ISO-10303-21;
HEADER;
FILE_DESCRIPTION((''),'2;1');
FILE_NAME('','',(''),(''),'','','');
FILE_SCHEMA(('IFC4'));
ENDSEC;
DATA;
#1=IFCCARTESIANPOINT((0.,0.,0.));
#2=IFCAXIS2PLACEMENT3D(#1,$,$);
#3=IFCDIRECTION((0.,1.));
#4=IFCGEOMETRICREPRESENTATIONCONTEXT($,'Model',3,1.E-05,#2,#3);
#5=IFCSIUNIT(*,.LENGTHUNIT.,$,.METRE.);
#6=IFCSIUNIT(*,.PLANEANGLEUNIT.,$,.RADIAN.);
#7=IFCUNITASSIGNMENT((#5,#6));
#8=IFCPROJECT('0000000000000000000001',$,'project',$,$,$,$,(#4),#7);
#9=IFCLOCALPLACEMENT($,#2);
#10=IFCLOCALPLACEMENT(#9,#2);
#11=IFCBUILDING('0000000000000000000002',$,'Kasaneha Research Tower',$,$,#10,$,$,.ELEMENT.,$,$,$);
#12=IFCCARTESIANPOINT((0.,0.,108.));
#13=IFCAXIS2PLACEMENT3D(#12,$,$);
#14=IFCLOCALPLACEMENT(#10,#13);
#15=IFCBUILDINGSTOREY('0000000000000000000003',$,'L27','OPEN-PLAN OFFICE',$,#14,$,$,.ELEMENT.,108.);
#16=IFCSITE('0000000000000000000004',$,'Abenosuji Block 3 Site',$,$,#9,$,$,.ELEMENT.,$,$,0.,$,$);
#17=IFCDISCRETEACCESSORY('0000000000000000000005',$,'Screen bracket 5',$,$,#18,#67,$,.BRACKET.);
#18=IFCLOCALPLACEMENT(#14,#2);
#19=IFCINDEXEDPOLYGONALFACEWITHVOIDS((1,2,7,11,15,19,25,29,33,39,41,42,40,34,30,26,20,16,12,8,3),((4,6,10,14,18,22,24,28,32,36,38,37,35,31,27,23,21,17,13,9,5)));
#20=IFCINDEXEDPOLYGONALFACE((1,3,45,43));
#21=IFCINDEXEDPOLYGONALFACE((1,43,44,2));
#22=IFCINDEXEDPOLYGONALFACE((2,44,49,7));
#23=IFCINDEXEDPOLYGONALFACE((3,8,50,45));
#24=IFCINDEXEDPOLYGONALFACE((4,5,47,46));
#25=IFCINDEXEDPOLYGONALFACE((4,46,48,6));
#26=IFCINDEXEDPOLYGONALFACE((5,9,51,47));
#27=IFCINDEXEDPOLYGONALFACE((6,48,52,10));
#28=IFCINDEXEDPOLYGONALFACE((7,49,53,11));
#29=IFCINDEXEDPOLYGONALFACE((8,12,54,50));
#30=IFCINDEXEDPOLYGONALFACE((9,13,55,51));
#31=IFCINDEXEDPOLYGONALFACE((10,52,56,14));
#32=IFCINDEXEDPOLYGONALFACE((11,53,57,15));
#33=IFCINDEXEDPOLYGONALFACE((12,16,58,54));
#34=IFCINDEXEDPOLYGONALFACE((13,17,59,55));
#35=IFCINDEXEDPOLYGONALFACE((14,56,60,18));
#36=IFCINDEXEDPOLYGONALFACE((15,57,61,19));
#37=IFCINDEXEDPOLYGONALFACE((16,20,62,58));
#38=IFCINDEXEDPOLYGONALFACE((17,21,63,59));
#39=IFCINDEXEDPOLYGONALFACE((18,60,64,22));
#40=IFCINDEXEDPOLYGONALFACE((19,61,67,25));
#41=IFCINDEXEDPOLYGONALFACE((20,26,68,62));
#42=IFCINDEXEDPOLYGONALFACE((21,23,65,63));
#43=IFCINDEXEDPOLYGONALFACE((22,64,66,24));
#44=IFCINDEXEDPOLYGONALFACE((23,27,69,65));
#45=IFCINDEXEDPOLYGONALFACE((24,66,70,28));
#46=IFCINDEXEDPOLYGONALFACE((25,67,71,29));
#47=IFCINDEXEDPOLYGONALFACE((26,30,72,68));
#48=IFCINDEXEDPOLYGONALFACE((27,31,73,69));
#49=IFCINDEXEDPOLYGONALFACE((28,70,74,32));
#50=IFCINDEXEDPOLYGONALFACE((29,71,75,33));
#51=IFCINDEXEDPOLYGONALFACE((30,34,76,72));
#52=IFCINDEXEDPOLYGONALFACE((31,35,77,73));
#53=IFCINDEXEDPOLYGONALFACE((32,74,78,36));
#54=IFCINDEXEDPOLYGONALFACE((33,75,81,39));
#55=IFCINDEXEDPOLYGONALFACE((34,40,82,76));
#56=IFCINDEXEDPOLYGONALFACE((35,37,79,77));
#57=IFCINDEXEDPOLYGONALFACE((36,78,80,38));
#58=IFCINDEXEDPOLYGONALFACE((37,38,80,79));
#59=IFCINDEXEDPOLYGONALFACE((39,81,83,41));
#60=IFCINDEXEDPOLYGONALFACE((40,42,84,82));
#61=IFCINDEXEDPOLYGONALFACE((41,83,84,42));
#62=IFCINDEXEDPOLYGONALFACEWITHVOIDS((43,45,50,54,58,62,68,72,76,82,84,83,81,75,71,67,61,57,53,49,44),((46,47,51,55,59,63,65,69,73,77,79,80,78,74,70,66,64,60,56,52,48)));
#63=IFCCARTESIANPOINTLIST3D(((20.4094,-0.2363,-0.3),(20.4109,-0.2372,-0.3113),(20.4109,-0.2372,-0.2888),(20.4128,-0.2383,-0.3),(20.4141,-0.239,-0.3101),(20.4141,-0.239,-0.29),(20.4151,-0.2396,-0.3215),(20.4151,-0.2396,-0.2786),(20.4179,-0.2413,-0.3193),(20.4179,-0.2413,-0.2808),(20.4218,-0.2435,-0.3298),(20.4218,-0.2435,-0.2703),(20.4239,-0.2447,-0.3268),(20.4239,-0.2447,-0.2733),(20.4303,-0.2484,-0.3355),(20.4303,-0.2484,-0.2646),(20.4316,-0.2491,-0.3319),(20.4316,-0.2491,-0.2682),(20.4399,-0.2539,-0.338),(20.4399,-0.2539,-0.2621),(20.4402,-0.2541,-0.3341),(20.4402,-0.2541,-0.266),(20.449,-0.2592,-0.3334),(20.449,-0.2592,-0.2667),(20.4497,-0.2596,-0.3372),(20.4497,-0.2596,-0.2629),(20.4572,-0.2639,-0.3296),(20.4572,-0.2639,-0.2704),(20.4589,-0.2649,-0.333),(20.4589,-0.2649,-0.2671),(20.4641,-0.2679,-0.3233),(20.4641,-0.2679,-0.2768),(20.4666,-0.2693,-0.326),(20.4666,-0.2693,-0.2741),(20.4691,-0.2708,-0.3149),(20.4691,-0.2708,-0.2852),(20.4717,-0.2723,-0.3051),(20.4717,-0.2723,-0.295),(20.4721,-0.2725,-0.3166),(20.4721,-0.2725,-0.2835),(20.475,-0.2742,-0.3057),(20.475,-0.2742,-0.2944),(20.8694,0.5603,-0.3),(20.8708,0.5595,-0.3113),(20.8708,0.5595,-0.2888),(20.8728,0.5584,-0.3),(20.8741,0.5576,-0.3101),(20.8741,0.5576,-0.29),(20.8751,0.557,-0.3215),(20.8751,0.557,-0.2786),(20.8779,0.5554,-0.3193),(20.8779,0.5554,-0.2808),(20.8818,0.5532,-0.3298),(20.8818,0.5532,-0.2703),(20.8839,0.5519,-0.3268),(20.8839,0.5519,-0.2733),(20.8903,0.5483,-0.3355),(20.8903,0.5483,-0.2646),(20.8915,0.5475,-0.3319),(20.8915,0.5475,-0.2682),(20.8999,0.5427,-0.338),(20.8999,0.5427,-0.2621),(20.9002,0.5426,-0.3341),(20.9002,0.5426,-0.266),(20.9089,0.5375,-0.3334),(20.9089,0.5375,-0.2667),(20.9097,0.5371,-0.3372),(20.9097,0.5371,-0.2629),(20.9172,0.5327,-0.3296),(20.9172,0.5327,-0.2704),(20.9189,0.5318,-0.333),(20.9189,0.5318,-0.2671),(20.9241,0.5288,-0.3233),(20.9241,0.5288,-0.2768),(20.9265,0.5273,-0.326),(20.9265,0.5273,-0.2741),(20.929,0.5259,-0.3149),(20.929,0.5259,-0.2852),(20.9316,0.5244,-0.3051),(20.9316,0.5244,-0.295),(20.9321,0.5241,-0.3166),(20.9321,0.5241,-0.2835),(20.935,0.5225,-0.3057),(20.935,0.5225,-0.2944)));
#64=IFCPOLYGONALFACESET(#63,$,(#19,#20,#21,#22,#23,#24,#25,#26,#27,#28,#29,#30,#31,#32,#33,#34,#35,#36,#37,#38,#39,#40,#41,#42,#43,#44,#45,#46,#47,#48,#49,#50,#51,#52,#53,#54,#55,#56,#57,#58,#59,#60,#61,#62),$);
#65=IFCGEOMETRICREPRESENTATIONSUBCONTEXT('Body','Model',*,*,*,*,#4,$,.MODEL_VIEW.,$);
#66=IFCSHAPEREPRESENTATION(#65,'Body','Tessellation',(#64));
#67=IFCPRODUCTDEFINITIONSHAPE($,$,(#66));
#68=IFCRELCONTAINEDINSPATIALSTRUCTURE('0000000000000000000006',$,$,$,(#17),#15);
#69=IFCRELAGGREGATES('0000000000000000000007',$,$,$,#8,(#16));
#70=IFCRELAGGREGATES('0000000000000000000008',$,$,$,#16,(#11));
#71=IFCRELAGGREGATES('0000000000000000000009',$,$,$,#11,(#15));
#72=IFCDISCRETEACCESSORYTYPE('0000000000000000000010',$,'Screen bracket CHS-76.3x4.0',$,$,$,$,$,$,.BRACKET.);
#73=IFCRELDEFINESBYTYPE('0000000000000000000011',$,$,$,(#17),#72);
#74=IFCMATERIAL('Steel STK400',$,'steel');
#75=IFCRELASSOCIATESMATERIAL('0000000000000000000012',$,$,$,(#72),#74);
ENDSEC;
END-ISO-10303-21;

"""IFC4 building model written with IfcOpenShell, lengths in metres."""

from ifc_helpers import new_model, si_unit, direction, frame, origin, origin_2d, place, context, subcontext, project, spatial, hollow_circle, extrude, material, material_profile, profile_set, type_object, element, save


model = new_model("IFC4")

# Units and contexts
model_context = context("Model", 3, precision=1e-05, world=origin(), true_north=direction((0.0, 1.0)))
body_context = subcontext(model_context, "Body", "Model", "MODEL_VIEW")
ifc_project = project(units=[si_unit("LENGTHUNIT", "METRE"), si_unit("PLANEANGLEUNIT", "RADIAN")], contexts=[model_context])

# Site, building, storey
site_placement = place(None, origin())
site = spatial("IfcSite", under=ifc_project, at=site_placement, Name="Abenosuji Block 3 Site", CompositionType="ELEMENT", RefElevation=0.0)
building_placement = place(site_placement, origin())
building = spatial("IfcBuilding", under=site, at=building_placement, Name="Kasaneha Research Tower", CompositionType="ELEMENT")
storey_placement = place(building_placement, frame((0.0, 0.0, 108.0)))
storey = spatial("IfcBuildingStorey", under=building, at=storey_placement, Name="L27", Description="OPEN-PLAN OFFICE", CompositionType="ELEMENT", Elevation=108.0)

# Discrete accessory
ifc_material_1 = material(Name="Steel STK400", Category="steel")
ifc_material_profile_1 = material_profile(ifc_material_1, hollow_circle(Radius=0.0381, WallThickness=0.0039, at=origin_2d()), Name="CHS-76.3x4.0")
ifc_profile_set_1 = profile_set([ifc_material_profile_1], Name="Steel STK400")
discrete_accessory_type = type_object("IfcDiscreteAccessoryType", Name="Screen bracket CHS-76.3x4.0", PredefinedType="BRACKET", material=ifc_profile_set_1)
discrete_accessory_1_placement = place(storey_placement, frame((20.4424, -0.2554, -0.3), z_axis=(0.500021, 0.866013, 0.0), x_axis=(-0.866013, 0.500021, 0.0)))
element("IfcDiscreteAccessory", 1, at=discrete_accessory_1_placement, inside=storey, type_object=discrete_accessory_type, Name="Screen bracket 5", PredefinedType="BRACKET", context=body_context, shape_type="SweptSolid", body=[
    extrude(hollow_circle(Radius=0.0381, WallThickness=0.0039, at=origin_2d()), origin(), (0.0, 0.0, 1.0), 0.9199),
])

save(model, "model.ifc")
